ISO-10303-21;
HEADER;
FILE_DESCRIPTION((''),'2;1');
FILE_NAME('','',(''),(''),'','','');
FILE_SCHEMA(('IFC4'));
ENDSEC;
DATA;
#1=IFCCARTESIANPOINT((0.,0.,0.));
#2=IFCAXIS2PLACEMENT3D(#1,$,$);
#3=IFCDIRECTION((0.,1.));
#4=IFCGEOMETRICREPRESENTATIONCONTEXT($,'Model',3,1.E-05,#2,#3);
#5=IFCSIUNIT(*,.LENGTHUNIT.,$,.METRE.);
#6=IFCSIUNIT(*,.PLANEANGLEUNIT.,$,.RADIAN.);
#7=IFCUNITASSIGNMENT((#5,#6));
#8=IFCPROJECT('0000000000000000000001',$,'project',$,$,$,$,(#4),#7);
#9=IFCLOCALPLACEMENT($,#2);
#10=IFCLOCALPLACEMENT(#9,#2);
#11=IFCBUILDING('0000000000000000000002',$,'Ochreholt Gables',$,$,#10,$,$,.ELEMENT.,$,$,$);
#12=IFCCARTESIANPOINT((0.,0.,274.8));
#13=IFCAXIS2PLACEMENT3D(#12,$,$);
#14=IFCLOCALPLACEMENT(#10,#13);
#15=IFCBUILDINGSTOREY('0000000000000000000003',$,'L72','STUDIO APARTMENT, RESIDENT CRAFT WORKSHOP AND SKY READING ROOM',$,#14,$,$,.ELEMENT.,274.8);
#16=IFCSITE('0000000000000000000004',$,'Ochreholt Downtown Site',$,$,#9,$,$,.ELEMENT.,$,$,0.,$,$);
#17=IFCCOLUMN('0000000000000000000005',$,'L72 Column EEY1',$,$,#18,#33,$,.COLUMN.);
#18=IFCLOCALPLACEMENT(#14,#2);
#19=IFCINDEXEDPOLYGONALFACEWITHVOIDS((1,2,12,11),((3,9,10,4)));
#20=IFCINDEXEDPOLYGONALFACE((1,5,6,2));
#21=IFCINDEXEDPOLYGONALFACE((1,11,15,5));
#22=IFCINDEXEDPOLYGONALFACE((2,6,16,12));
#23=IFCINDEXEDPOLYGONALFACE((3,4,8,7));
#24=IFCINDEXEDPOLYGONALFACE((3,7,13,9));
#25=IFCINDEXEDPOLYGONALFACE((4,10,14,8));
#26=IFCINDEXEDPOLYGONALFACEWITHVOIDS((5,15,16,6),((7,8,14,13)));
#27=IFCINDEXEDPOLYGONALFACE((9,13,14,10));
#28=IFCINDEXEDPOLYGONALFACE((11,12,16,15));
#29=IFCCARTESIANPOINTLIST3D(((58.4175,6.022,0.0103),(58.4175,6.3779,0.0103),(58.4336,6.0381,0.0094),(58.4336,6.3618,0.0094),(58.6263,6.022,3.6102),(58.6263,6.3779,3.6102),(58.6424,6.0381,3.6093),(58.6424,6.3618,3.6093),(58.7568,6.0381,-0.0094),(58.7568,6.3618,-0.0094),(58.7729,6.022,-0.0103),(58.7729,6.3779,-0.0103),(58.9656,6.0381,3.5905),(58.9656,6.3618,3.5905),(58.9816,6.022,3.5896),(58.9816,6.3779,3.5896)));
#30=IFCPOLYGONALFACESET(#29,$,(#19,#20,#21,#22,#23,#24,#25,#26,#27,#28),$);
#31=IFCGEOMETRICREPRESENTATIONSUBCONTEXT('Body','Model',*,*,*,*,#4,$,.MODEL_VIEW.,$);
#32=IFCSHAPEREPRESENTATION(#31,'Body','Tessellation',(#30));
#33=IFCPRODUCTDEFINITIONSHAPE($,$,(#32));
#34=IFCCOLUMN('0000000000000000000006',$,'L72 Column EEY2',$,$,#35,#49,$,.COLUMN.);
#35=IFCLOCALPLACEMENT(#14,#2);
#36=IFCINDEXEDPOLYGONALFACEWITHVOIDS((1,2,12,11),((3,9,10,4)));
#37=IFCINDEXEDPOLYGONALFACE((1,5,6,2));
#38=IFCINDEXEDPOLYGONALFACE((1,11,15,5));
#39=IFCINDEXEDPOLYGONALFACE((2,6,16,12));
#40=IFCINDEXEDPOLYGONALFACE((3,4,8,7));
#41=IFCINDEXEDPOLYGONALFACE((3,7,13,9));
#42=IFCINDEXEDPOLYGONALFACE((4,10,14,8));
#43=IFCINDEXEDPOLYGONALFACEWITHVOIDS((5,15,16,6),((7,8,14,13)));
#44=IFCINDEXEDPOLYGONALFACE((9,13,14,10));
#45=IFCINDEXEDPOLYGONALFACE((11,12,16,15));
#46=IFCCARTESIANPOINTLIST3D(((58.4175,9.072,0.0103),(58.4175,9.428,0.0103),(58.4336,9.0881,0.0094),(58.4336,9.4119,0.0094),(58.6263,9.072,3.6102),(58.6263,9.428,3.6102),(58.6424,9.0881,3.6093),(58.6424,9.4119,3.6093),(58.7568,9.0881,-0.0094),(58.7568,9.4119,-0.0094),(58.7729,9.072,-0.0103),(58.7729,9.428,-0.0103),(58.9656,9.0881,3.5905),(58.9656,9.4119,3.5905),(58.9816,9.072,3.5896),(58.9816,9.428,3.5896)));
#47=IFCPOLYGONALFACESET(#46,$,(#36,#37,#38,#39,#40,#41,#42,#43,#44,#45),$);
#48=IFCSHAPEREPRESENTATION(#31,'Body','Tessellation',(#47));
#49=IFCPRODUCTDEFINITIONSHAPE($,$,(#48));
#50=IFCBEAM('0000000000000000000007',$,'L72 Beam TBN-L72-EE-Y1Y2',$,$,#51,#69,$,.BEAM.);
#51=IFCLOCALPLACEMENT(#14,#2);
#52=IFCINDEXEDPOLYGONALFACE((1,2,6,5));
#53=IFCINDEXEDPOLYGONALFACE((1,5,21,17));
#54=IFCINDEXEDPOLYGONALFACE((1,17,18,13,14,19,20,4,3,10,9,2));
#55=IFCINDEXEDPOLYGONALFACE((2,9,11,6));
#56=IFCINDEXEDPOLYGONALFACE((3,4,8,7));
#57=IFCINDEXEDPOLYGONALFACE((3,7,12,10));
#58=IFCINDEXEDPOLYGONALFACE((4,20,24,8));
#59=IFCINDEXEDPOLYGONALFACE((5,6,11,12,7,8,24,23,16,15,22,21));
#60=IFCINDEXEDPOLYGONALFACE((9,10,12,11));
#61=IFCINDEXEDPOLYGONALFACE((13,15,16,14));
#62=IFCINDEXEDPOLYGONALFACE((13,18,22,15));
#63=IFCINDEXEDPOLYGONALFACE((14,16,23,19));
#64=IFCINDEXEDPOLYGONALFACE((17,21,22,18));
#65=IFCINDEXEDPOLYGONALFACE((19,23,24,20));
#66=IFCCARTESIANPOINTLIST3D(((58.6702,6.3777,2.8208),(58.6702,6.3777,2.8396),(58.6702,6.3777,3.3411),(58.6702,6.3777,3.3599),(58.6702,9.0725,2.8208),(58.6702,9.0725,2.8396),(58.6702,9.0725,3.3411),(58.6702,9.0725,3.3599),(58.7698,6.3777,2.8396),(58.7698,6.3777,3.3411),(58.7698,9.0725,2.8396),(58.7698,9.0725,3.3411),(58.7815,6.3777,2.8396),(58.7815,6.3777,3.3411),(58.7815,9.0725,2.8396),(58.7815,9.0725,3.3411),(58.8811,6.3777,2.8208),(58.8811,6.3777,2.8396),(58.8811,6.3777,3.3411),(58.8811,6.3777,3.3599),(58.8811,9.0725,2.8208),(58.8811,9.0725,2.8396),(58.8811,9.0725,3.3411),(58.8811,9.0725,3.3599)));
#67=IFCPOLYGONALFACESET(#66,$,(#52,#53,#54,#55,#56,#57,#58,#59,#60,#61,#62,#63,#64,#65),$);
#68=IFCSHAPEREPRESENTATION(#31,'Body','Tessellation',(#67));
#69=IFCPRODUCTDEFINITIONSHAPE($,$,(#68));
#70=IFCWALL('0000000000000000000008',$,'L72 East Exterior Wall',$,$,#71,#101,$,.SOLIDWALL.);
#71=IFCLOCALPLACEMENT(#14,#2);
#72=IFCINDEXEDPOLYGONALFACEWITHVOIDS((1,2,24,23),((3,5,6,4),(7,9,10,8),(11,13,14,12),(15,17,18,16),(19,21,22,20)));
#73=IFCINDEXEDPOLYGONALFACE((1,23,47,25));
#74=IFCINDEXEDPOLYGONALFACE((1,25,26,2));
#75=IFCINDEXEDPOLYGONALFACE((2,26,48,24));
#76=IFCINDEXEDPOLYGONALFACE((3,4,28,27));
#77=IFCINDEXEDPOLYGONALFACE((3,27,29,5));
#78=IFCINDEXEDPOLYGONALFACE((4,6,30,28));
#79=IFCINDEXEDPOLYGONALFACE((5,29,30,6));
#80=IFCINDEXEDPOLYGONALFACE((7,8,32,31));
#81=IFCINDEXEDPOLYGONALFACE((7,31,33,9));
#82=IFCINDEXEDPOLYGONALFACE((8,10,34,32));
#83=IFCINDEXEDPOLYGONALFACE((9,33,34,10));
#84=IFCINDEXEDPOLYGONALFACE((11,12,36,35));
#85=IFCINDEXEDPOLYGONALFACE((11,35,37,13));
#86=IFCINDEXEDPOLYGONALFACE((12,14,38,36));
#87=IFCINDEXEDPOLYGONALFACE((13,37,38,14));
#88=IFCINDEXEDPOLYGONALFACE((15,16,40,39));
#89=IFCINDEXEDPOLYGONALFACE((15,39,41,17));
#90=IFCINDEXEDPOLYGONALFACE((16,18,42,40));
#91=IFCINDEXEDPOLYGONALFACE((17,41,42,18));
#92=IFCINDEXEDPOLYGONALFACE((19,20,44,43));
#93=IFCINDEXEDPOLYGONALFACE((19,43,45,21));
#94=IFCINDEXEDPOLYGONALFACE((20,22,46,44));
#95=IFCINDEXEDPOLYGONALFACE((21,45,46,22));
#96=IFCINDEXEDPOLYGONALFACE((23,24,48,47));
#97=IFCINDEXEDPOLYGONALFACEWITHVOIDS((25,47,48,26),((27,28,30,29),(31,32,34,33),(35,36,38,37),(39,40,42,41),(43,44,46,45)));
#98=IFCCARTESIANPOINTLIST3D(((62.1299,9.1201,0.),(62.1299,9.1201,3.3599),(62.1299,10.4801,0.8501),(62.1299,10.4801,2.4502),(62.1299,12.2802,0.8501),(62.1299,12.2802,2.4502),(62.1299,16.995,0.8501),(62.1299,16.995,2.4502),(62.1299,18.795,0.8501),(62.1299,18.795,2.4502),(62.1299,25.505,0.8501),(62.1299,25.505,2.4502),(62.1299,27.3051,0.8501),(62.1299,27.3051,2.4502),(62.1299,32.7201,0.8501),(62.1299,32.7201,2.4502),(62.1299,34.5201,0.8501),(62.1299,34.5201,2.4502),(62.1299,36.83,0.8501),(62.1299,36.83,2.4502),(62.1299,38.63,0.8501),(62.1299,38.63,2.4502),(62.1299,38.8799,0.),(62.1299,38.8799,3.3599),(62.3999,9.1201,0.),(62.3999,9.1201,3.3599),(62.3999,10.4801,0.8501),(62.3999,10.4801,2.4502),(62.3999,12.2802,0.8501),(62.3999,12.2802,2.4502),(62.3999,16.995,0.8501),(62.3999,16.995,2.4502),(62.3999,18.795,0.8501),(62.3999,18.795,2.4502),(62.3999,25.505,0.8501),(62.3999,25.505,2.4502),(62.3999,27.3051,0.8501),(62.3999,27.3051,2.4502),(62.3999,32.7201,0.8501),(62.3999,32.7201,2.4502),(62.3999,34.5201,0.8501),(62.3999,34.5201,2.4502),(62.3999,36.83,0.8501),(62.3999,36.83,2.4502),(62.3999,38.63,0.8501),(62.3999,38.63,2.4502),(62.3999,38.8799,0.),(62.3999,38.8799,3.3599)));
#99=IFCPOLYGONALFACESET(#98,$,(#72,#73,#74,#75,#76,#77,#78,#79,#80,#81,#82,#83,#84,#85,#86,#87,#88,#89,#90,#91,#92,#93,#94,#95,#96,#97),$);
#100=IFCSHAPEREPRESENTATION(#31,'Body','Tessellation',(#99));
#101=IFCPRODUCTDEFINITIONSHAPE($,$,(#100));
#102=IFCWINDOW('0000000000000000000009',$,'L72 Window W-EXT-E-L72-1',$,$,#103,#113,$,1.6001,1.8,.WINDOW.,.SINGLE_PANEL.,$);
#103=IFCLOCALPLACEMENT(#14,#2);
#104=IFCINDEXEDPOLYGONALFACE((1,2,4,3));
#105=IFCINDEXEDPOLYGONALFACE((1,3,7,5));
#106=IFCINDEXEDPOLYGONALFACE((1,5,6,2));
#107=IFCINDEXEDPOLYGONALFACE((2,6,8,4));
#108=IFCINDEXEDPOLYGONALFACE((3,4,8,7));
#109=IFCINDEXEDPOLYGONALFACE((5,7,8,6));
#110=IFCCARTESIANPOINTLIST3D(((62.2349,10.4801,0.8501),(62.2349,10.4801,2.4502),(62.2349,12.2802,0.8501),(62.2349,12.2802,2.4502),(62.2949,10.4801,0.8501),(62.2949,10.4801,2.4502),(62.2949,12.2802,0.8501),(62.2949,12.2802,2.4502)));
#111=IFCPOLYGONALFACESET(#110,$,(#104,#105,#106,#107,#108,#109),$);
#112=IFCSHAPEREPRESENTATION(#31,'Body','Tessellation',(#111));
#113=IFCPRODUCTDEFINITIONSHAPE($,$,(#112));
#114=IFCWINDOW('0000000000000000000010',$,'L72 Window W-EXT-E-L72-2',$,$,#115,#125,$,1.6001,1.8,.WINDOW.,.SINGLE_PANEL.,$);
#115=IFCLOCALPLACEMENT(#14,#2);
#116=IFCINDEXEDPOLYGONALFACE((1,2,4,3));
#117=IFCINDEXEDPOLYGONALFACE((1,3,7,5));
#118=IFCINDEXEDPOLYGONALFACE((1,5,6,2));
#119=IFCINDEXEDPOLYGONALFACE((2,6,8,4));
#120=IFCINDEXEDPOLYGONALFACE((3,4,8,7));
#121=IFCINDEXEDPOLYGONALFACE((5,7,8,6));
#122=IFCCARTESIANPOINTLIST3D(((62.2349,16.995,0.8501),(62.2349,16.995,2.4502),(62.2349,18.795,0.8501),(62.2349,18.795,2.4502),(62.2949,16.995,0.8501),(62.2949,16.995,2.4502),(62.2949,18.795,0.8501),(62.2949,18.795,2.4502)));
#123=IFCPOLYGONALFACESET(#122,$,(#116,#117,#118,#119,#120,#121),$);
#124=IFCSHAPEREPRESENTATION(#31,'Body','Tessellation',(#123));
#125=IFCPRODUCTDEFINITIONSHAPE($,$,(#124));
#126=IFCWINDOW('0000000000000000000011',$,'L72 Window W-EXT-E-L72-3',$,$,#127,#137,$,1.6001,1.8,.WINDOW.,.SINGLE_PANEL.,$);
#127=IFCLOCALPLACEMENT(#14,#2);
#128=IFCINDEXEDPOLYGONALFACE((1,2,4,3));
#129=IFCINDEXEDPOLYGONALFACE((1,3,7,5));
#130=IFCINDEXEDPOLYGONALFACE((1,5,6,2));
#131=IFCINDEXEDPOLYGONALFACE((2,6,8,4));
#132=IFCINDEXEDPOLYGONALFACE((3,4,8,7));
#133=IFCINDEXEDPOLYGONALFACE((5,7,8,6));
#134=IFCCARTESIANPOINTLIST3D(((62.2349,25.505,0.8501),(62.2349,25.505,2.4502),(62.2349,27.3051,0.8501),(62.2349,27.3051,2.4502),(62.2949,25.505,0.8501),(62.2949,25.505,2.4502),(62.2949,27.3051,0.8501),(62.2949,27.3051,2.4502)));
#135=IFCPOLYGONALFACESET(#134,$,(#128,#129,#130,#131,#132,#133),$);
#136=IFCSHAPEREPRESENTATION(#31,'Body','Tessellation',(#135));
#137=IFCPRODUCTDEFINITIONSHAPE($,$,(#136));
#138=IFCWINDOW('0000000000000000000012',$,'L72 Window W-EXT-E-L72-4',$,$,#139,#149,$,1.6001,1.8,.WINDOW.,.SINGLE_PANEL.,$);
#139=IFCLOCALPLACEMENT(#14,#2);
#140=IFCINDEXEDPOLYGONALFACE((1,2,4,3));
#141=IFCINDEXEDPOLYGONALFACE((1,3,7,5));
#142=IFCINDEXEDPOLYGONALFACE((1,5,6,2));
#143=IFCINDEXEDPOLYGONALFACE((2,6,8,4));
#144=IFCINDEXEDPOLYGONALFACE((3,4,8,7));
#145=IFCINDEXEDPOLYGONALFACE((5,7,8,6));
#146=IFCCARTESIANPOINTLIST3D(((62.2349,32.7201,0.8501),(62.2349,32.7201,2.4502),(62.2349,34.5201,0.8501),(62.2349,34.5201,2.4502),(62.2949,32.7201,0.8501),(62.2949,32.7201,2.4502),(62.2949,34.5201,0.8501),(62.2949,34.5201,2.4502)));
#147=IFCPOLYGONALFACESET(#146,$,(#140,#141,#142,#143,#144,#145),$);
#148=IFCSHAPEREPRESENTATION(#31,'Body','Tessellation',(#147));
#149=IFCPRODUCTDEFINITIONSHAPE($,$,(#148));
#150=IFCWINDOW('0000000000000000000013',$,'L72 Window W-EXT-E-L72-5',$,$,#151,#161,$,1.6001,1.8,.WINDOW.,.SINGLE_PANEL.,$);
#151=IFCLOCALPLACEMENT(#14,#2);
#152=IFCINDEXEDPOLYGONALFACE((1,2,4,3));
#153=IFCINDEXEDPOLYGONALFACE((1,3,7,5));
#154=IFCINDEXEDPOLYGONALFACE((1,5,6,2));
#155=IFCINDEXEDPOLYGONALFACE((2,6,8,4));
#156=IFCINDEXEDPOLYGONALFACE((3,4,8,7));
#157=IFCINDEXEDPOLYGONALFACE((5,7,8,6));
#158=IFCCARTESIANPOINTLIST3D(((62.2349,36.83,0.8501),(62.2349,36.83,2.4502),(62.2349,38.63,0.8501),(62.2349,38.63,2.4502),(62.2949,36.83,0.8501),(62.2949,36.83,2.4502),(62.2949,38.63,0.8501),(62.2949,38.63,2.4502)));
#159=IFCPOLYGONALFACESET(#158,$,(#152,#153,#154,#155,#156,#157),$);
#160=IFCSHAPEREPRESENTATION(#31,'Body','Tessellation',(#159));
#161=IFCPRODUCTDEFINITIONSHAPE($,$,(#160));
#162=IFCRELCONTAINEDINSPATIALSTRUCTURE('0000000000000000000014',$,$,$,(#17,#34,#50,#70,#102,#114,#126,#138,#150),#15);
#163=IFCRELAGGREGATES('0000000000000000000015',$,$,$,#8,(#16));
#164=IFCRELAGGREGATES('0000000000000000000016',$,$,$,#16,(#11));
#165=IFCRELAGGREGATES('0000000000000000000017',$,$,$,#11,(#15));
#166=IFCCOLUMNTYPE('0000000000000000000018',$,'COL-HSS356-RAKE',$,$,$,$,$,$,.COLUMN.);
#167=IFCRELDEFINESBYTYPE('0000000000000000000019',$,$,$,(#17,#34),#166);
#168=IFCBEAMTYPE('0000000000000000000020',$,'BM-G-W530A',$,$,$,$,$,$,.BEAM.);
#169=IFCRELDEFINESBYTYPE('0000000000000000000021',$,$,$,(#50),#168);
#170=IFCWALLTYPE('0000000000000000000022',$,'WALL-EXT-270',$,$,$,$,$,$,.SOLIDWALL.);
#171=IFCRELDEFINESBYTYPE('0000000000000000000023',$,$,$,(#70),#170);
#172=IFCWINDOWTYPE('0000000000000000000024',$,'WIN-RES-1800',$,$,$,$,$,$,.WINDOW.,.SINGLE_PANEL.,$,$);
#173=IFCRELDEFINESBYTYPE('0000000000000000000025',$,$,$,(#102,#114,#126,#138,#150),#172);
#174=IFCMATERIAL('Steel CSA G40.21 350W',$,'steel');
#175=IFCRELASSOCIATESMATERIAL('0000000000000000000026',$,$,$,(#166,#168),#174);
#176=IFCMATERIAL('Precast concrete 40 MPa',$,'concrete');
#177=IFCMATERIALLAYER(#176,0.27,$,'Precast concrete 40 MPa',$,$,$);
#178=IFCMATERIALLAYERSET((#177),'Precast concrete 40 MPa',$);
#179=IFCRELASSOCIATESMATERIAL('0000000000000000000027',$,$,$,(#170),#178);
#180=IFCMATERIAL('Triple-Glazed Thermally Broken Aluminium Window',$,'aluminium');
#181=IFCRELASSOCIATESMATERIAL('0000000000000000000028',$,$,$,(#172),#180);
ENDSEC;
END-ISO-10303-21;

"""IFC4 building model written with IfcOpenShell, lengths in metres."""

from ifc_helpers import new_model, si_unit, direction, frame, frame_2d, origin, origin_2d, place, context, subcontext, project, spatial, rectangle, hollow_rectangle, i_section, extrude, material, layer, layer_set, material_profile, profile_set, type_object, element, fill, save


model = new_model("IFC4")

# Units and contexts
model_context = context("Model", 3, precision=1e-05, world=origin(), true_north=direction((0.0, 1.0)))
body_context = subcontext(model_context, "Body", "Model", "MODEL_VIEW")
ifc_project = project(units=[si_unit("LENGTHUNIT", "METRE"), si_unit("PLANEANGLEUNIT", "RADIAN")], contexts=[model_context])

# Site, building, storey
site_placement = place(None, origin())
site = spatial("IfcSite", under=ifc_project, at=site_placement, Name="Ochreholt Downtown Site", CompositionType="ELEMENT", RefElevation=0.0)
building_placement = place(site_placement, origin())
building = spatial("IfcBuilding", under=site, at=building_placement, Name="Ochreholt Gables", CompositionType="ELEMENT")
storey_placement = place(building_placement, frame((0.0, 0.0, 274.8)))
storey = spatial("IfcBuildingStorey", under=building, at=storey_placement, Name="L72", Description="STUDIO APARTMENT, RESIDENT CRAFT WORKSHOP AND SKY READING ROOM", CompositionType="ELEMENT", Elevation=274.8)

# Columns
ifc_material_1 = material(Name="Steel CSA G40.21 350W", Category="steel")
ifc_material_profile_1 = material_profile(ifc_material_1, hollow_rectangle(XDim=0.356, YDim=0.356, WallThickness=0.0161, at=origin_2d()), Name="HSS356X356X16")
ifc_profile_set_1 = profile_set([ifc_material_profile_1], Name="Steel CSA G40.21 350W")
column_type = type_object("IfcColumnType", Name="COL-HSS356-RAKE", PredefinedType="COLUMN", material=ifc_profile_set_1)
for number, where, z_axis, x_axis, name in (
    (1, (58.5952, 6.2, 0.0), (0.057889, 0.0, 0.998323), (0.0, 1.0, 0.0), "L72 Column EEY1"),
    (2, (58.5952, 9.25, 0.0), (0.057889, 0.0, 0.998323), (0.0, 1.0, 0.0), "L72 Column EEY2"),
):
    element("IfcColumn", number, at=place(storey_placement, frame(where, z_axis=z_axis, x_axis=x_axis)), inside=storey, type_object=column_type, Name=name, PredefinedType="COLUMN", context=body_context, shape_type="SweptSolid", body=[
        extrude(hollow_rectangle(XDim=0.356, YDim=0.356, WallThickness=0.0161, at=origin_2d()), origin(), (0.0, 0.0, 1.0), 3.606),
    ])

# Beam
ifc_material_profile_2 = material_profile(ifc_material_1, i_section(OverallWidth=0.2109, OverallDepth=0.5391, WebThickness=0.0117, FlangeThickness=0.0188, at=origin_2d()), Name="W530X109")
ifc_profile_set_2 = profile_set([ifc_material_profile_2], Name="Steel CSA G40.21 350W")
beam_type = type_object("IfcBeamType", Name="BM-G-W530A", PredefinedType="BEAM", material=ifc_profile_set_2)
beam_placement = place(storey_placement, frame((58.7756, 6.3777, 3.0903), z_axis=(0.0, 1.0, 0.0), x_axis=(-1.0, 0.0, 0.0)))
element("IfcBeam", 3, at=beam_placement, inside=storey, type_object=beam_type, Name="L72 Beam TBN-L72-EE-Y1Y2", PredefinedType="BEAM", context=body_context, shape_type="SweptSolid", body=[
    extrude(i_section(OverallWidth=0.2109, OverallDepth=0.5391, WebThickness=0.0117, FlangeThickness=0.0188, at=origin_2d()), origin(), (0.0, 0.0, 1.0), 2.6948),
])

# Wall, openings, windows
ifc_material_2 = material(Name="Precast concrete 40 MPa", Category="concrete")
ifc_layer_1 = layer(ifc_material_2, 0.27, Name="Precast concrete 40 MPa")
ifc_layer_set_1 = layer_set([ifc_layer_1], Name="Precast concrete 40 MPa")
wall_type_1 = type_object("IfcWallType", Name="WALL-EXT-270", PredefinedType="SOLIDWALL", material=ifc_layer_set_1)
wall_1_placement = place(storey_placement, frame((62.2649, 9.1201, 0.0), z_axis=(0.0, 0.0, 1.0), x_axis=(0.0, 1.0, 0.0)))
wall_1 = element("IfcWall", 4, at=wall_1_placement, inside=storey, type_object=wall_type_1, Name="L72 East Exterior Wall", PredefinedType="SOLIDWALL", context=body_context, shape_type="SweptSolid", body=[
    extrude(rectangle(XDim=29.7598, YDim=0.27, at=frame_2d((14.8799, 0.0))), origin(), (0.0, 0.0, 1.0), 3.3599),
])
opening_1_placement = place(wall_1_placement, frame((1.3601, 0.0, 0.8501)))
opening_1 = element("IfcOpeningElement", 5, at=opening_1_placement, cuts=wall_1, PredefinedType="OPENING", context=body_context, shape_type="SweptSolid", body=[
    extrude(rectangle(XDim=1.8, YDim=1.6001, at=frame_2d((0.8999, 0.8))), frame((0.0, 0.145, 0.0), z_axis=(0.0, -1.0, 0.0), x_axis=(1.0, 0.0, 0.0)), (0.0, 0.0, 1.0), 0.29),
])
opening_2_placement = place(wall_1_placement, frame((7.875, 0.0, 0.8501)))
opening_2 = element("IfcOpeningElement", 6, at=opening_2_placement, cuts=wall_1, PredefinedType="OPENING", context=body_context, shape_type="SweptSolid", body=[
    extrude(rectangle(XDim=1.8, YDim=1.6001, at=frame_2d((0.8999, 0.8))), frame((0.0, 0.145, 0.0), z_axis=(0.0, -1.0, 0.0), x_axis=(1.0, 0.0, 0.0)), (0.0, 0.0, 1.0), 0.29),
])
opening_3_placement = place(wall_1_placement, frame((16.385, 0.0, 0.8501)))
opening_3 = element("IfcOpeningElement", 7, at=opening_3_placement, cuts=wall_1, PredefinedType="OPENING", context=body_context, shape_type="SweptSolid", body=[
    extrude(rectangle(XDim=1.8, YDim=1.6001, at=frame_2d((0.8999, 0.8))), frame((0.0, 0.145, 0.0), z_axis=(0.0, -1.0, 0.0), x_axis=(1.0, 0.0, 0.0)), (0.0, 0.0, 1.0), 0.29),
])
opening_4_placement = place(wall_1_placement, frame((23.6001, 0.0, 0.8501)))
opening_4 = element("IfcOpeningElement", 8, at=opening_4_placement, cuts=wall_1, PredefinedType="OPENING", context=body_context, shape_type="SweptSolid", body=[
    extrude(rectangle(XDim=1.8, YDim=1.6001, at=frame_2d((0.8999, 0.8))), frame((0.0, 0.145, 0.0), z_axis=(0.0, -1.0, 0.0), x_axis=(1.0, 0.0, 0.0)), (0.0, 0.0, 1.0), 0.29),
])
opening_5_placement = place(wall_1_placement, frame((27.71, 0.0, 0.8501)))
opening_5 = element("IfcOpeningElement", 9, at=opening_5_placement, cuts=wall_1, PredefinedType="OPENING", context=body_context, shape_type="SweptSolid", body=[
    extrude(rectangle(XDim=1.8, YDim=1.6001, at=frame_2d((0.8999, 0.8))), frame((0.0, 0.145, 0.0), z_axis=(0.0, -1.0, 0.0), x_axis=(1.0, 0.0, 0.0)), (0.0, 0.0, 1.0), 0.29),
])
ifc_material_3 = material(Name="Triple-Glazed Thermally Broken Aluminium Window", Category="aluminium")
window_type_1 = type_object("IfcWindowType", Name="WIN-RES-1800", PartitioningType="SINGLE_PANEL", PredefinedType="WINDOW", material=ifc_material_3)
window_1_placement = place(opening_1_placement, origin())
window_1 = element("IfcWindow", 10, at=window_1_placement, inside=storey, type_object=window_type_1, Name="L72 Window W-EXT-E-L72-1", OverallHeight=1.6001, OverallWidth=1.8, PartitioningType="SINGLE_PANEL", PredefinedType="WINDOW", context=body_context, shape_type="SweptSolid", body=[
    extrude(rectangle(XDim=1.8, YDim=1.6001, at=frame_2d((0.8999, 0.8))), frame((0.0, 0.03, 0.0), z_axis=(0.0, -1.0, 0.0), x_axis=(1.0, 0.0, 0.0)), (0.0, 0.0, 1.0), 0.0601),
])
fill(opening_1, window_1)
window_2_placement = place(opening_2_placement, origin())
window_2 = element("IfcWindow", 11, at=window_2_placement, inside=storey, type_object=window_type_1, Name="L72 Window W-EXT-E-L72-2", OverallHeight=1.6001, OverallWidth=1.8, PartitioningType="SINGLE_PANEL", PredefinedType="WINDOW", context=body_context, shape_type="SweptSolid", body=[
    extrude(rectangle(XDim=1.8, YDim=1.6001, at=frame_2d((0.8999, 0.8))), frame((0.0, 0.03, 0.0), z_axis=(0.0, -1.0, 0.0), x_axis=(1.0, 0.0, 0.0)), (0.0, 0.0, 1.0), 0.0601),
])
fill(opening_2, window_2)
window_3_placement = place(opening_3_placement, origin())
window_3 = element("IfcWindow", 12, at=window_3_placement, inside=storey, type_object=window_type_1, Name="L72 Window W-EXT-E-L72-3", OverallHeight=1.6001, OverallWidth=1.8, PartitioningType="SINGLE_PANEL", PredefinedType="WINDOW", context=body_context, shape_type="SweptSolid", body=[
    extrude(rectangle(XDim=1.8, YDim=1.6001, at=frame_2d((0.8999, 0.8))), frame((0.0, 0.03, 0.0), z_axis=(0.0, -1.0, 0.0), x_axis=(1.0, 0.0, 0.0)), (0.0, 0.0, 1.0), 0.0601),
])
fill(opening_3, window_3)
window_4_placement = place(opening_4_placement, origin())
window_4 = element("IfcWindow", 13, at=window_4_placement, inside=storey, type_object=window_type_1, Name="L72 Window W-EXT-E-L72-4", OverallHeight=1.6001, OverallWidth=1.8, PartitioningType="SINGLE_PANEL", PredefinedType="WINDOW", context=body_context, shape_type="SweptSolid", body=[
    extrude(rectangle(XDim=1.8, YDim=1.6001, at=frame_2d((0.8999, 0.8))), frame((0.0, 0.03, 0.0), z_axis=(0.0, -1.0, 0.0), x_axis=(1.0, 0.0, 0.0)), (0.0, 0.0, 1.0), 0.0601),
])
fill(opening_4, window_4)
window_5_placement = place(opening_5_placement, origin())
window_5 = element("IfcWindow", 14, at=window_5_placement, inside=storey, type_object=window_type_1, Name="L72 Window W-EXT-E-L72-5", OverallHeight=1.6001, OverallWidth=1.8, PartitioningType="SINGLE_PANEL", PredefinedType="WINDOW", context=body_context, shape_type="SweptSolid", body=[
    extrude(rectangle(XDim=1.8, YDim=1.6001, at=frame_2d((0.8999, 0.8))), frame((0.0, 0.03, 0.0), z_axis=(0.0, -1.0, 0.0), x_axis=(1.0, 0.0, 0.0)), (0.0, 0.0, 1.0), 0.0601),
])
fill(opening_5, window_5)

save(model, "model.ifc")
